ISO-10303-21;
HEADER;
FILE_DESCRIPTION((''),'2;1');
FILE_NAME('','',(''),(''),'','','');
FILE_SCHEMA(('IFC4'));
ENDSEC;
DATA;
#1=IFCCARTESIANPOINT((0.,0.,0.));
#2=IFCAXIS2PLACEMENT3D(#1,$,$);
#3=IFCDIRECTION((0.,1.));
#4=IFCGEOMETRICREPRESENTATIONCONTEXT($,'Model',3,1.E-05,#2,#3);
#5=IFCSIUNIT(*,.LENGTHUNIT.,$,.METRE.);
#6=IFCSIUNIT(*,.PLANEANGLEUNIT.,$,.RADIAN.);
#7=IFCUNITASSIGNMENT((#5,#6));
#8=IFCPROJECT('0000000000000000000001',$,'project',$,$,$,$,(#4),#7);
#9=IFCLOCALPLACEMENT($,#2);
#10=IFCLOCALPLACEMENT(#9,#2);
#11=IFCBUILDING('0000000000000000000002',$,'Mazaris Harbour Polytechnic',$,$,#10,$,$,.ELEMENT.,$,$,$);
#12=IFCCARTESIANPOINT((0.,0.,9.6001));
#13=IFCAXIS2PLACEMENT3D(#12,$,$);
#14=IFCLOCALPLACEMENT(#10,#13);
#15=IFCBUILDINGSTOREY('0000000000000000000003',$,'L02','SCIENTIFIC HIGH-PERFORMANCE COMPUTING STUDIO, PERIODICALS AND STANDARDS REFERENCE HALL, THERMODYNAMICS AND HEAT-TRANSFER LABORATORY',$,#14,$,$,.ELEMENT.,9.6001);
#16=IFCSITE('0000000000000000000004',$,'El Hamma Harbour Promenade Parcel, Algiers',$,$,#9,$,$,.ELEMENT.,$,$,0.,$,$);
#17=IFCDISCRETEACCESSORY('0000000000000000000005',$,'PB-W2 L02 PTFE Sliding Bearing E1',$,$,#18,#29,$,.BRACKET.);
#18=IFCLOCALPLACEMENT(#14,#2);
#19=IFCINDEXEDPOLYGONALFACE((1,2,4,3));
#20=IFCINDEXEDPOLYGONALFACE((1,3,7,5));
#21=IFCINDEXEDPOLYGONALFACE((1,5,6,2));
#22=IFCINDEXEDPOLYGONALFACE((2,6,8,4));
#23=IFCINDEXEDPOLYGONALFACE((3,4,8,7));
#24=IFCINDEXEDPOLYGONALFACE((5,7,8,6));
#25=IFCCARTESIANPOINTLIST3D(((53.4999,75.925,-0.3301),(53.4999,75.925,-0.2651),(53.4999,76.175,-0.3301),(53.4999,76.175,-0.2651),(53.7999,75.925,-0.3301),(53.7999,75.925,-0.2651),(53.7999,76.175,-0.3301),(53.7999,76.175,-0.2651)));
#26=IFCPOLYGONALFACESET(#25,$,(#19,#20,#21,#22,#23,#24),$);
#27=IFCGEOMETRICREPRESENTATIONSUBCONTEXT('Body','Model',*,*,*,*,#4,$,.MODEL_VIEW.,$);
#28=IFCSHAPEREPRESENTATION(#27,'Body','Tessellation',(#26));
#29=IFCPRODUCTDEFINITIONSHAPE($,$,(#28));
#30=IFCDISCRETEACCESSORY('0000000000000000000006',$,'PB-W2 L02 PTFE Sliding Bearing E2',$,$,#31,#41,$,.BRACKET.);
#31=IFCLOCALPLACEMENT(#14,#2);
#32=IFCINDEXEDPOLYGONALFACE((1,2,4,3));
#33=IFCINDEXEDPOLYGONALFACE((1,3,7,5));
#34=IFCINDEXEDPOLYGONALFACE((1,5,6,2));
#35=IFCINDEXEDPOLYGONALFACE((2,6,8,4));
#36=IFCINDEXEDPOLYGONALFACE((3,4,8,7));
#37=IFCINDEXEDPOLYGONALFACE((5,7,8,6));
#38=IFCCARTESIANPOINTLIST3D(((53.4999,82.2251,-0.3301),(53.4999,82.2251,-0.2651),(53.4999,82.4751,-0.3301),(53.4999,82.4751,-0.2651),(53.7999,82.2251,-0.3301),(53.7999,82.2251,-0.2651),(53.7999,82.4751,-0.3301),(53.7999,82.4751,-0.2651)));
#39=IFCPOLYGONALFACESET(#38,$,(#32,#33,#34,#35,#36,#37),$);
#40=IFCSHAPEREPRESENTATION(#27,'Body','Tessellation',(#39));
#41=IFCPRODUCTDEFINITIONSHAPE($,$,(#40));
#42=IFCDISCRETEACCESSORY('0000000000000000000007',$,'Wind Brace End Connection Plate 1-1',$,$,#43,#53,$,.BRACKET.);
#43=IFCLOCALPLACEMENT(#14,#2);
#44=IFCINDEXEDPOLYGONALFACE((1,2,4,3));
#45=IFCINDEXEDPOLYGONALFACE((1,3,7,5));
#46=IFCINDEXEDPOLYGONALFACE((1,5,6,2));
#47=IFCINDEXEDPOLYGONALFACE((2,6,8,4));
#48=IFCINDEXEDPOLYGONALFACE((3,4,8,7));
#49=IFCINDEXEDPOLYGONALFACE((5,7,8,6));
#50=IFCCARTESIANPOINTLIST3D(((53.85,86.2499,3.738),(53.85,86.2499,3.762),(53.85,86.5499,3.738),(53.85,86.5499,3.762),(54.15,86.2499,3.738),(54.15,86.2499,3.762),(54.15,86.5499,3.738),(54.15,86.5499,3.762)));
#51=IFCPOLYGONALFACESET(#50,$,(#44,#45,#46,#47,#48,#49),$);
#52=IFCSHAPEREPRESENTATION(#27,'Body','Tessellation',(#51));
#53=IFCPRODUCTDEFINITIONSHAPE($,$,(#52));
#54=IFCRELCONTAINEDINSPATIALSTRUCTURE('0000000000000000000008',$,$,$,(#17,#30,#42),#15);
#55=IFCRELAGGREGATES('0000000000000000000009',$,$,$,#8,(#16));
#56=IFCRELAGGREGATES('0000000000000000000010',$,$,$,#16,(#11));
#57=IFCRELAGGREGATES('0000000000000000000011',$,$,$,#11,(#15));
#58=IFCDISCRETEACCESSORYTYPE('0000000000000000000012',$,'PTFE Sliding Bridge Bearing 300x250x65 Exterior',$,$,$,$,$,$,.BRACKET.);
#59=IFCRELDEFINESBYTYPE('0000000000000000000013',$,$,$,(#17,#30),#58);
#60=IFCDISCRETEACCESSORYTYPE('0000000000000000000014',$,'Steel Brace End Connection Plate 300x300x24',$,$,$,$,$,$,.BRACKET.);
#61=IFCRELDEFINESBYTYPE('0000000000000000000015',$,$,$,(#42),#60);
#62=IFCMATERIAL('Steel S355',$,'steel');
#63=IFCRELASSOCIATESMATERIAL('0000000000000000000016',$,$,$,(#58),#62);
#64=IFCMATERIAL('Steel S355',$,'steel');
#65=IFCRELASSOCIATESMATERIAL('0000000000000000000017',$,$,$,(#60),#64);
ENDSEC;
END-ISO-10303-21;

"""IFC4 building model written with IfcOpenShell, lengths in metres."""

from ifc_helpers import new_model, si_unit, direction, frame, origin, origin_2d, place, context, subcontext, project, spatial, rectangle, extrude, material, type_object, element, save


model = new_model("IFC4")

# Units and contexts
model_context = context("Model", 3, precision=1e-05, world=origin(), true_north=direction((0.0, 1.0)))
body_context = subcontext(model_context, "Body", "Model", "MODEL_VIEW")
ifc_project = project(units=[si_unit("LENGTHUNIT", "METRE"), si_unit("PLANEANGLEUNIT", "RADIAN")], contexts=[model_context])

# Site, building, storey
site_placement = place(None, origin())
site = spatial("IfcSite", under=ifc_project, at=site_placement, Name="El Hamma Harbour Promenade Parcel, Algiers", CompositionType="ELEMENT", RefElevation=0.0)
building_placement = place(site_placement, origin())
building = spatial("IfcBuilding", under=site, at=building_placement, Name="Mazaris Harbour Polytechnic", CompositionType="ELEMENT")
storey_placement = place(building_placement, frame((0.0, 0.0, 9.6001)))
storey = spatial("IfcBuildingStorey", under=building, at=storey_placement, Name="L02", Description="SCIENTIFIC HIGH-PERFORMANCE COMPUTING STUDIO, PERIODICALS AND STANDARDS REFERENCE HALL, THERMODYNAMICS AND HEAT-TRANSFER LABORATORY", CompositionType="ELEMENT", Elevation=9.6001)

# Discrete accessories
ifc_material_1 = material(Name="Steel S355", Category="steel")
discrete_accessory_type_1 = type_object("IfcDiscreteAccessoryType", Name="PTFE Sliding Bridge Bearing 300x250x65 Exterior", PredefinedType="BRACKET", material=ifc_material_1)
for number, where, z_axis, x_axis, name in (
    (1, (53.6499, 76.05, -0.3301), (0.0, 0.0, 1.0), (1.0, 0.0, 0.0), "PB-W2 L02 PTFE Sliding Bearing E1"),
    (2, (53.6499, 82.3501, -0.3301), (0.0, 0.0, 1.0), (1.0, 0.0, 0.0), "PB-W2 L02 PTFE Sliding Bearing E2"),
):
    element("IfcDiscreteAccessory", number, at=place(storey_placement, frame(where, z_axis=z_axis, x_axis=x_axis)), inside=storey, type_object=discrete_accessory_type_1, Name=name, PredefinedType="BRACKET", context=body_context, shape_type="SweptSolid", body=[
        extrude(rectangle(XDim=0.3, YDim=0.25, at=origin_2d()), origin(), (0.0, 0.0, 1.0), 0.0649),
    ])
ifc_material_2 = material(Name="Steel S355", Category="steel")
discrete_accessory_type_2 = type_object("IfcDiscreteAccessoryType", Name="Steel Brace End Connection Plate 300x300x24", PredefinedType="BRACKET", material=ifc_material_2)
discrete_accessory_placement = place(storey_placement, frame((54.0, 86.3999, 3.738), z_axis=(0.0, 0.0, 1.0), x_axis=(1.0, 0.0, 0.0)))
element("IfcDiscreteAccessory", 3, at=discrete_accessory_placement, inside=storey, type_object=discrete_accessory_type_2, Name="Wind Brace End Connection Plate 1-1", PredefinedType="BRACKET", context=body_context, shape_type="SweptSolid", body=[
    extrude(rectangle(XDim=0.3, YDim=0.3, at=origin_2d()), origin(), (0.0, 0.0, 1.0), 0.0239),
])

save(model, "model.ifc")
